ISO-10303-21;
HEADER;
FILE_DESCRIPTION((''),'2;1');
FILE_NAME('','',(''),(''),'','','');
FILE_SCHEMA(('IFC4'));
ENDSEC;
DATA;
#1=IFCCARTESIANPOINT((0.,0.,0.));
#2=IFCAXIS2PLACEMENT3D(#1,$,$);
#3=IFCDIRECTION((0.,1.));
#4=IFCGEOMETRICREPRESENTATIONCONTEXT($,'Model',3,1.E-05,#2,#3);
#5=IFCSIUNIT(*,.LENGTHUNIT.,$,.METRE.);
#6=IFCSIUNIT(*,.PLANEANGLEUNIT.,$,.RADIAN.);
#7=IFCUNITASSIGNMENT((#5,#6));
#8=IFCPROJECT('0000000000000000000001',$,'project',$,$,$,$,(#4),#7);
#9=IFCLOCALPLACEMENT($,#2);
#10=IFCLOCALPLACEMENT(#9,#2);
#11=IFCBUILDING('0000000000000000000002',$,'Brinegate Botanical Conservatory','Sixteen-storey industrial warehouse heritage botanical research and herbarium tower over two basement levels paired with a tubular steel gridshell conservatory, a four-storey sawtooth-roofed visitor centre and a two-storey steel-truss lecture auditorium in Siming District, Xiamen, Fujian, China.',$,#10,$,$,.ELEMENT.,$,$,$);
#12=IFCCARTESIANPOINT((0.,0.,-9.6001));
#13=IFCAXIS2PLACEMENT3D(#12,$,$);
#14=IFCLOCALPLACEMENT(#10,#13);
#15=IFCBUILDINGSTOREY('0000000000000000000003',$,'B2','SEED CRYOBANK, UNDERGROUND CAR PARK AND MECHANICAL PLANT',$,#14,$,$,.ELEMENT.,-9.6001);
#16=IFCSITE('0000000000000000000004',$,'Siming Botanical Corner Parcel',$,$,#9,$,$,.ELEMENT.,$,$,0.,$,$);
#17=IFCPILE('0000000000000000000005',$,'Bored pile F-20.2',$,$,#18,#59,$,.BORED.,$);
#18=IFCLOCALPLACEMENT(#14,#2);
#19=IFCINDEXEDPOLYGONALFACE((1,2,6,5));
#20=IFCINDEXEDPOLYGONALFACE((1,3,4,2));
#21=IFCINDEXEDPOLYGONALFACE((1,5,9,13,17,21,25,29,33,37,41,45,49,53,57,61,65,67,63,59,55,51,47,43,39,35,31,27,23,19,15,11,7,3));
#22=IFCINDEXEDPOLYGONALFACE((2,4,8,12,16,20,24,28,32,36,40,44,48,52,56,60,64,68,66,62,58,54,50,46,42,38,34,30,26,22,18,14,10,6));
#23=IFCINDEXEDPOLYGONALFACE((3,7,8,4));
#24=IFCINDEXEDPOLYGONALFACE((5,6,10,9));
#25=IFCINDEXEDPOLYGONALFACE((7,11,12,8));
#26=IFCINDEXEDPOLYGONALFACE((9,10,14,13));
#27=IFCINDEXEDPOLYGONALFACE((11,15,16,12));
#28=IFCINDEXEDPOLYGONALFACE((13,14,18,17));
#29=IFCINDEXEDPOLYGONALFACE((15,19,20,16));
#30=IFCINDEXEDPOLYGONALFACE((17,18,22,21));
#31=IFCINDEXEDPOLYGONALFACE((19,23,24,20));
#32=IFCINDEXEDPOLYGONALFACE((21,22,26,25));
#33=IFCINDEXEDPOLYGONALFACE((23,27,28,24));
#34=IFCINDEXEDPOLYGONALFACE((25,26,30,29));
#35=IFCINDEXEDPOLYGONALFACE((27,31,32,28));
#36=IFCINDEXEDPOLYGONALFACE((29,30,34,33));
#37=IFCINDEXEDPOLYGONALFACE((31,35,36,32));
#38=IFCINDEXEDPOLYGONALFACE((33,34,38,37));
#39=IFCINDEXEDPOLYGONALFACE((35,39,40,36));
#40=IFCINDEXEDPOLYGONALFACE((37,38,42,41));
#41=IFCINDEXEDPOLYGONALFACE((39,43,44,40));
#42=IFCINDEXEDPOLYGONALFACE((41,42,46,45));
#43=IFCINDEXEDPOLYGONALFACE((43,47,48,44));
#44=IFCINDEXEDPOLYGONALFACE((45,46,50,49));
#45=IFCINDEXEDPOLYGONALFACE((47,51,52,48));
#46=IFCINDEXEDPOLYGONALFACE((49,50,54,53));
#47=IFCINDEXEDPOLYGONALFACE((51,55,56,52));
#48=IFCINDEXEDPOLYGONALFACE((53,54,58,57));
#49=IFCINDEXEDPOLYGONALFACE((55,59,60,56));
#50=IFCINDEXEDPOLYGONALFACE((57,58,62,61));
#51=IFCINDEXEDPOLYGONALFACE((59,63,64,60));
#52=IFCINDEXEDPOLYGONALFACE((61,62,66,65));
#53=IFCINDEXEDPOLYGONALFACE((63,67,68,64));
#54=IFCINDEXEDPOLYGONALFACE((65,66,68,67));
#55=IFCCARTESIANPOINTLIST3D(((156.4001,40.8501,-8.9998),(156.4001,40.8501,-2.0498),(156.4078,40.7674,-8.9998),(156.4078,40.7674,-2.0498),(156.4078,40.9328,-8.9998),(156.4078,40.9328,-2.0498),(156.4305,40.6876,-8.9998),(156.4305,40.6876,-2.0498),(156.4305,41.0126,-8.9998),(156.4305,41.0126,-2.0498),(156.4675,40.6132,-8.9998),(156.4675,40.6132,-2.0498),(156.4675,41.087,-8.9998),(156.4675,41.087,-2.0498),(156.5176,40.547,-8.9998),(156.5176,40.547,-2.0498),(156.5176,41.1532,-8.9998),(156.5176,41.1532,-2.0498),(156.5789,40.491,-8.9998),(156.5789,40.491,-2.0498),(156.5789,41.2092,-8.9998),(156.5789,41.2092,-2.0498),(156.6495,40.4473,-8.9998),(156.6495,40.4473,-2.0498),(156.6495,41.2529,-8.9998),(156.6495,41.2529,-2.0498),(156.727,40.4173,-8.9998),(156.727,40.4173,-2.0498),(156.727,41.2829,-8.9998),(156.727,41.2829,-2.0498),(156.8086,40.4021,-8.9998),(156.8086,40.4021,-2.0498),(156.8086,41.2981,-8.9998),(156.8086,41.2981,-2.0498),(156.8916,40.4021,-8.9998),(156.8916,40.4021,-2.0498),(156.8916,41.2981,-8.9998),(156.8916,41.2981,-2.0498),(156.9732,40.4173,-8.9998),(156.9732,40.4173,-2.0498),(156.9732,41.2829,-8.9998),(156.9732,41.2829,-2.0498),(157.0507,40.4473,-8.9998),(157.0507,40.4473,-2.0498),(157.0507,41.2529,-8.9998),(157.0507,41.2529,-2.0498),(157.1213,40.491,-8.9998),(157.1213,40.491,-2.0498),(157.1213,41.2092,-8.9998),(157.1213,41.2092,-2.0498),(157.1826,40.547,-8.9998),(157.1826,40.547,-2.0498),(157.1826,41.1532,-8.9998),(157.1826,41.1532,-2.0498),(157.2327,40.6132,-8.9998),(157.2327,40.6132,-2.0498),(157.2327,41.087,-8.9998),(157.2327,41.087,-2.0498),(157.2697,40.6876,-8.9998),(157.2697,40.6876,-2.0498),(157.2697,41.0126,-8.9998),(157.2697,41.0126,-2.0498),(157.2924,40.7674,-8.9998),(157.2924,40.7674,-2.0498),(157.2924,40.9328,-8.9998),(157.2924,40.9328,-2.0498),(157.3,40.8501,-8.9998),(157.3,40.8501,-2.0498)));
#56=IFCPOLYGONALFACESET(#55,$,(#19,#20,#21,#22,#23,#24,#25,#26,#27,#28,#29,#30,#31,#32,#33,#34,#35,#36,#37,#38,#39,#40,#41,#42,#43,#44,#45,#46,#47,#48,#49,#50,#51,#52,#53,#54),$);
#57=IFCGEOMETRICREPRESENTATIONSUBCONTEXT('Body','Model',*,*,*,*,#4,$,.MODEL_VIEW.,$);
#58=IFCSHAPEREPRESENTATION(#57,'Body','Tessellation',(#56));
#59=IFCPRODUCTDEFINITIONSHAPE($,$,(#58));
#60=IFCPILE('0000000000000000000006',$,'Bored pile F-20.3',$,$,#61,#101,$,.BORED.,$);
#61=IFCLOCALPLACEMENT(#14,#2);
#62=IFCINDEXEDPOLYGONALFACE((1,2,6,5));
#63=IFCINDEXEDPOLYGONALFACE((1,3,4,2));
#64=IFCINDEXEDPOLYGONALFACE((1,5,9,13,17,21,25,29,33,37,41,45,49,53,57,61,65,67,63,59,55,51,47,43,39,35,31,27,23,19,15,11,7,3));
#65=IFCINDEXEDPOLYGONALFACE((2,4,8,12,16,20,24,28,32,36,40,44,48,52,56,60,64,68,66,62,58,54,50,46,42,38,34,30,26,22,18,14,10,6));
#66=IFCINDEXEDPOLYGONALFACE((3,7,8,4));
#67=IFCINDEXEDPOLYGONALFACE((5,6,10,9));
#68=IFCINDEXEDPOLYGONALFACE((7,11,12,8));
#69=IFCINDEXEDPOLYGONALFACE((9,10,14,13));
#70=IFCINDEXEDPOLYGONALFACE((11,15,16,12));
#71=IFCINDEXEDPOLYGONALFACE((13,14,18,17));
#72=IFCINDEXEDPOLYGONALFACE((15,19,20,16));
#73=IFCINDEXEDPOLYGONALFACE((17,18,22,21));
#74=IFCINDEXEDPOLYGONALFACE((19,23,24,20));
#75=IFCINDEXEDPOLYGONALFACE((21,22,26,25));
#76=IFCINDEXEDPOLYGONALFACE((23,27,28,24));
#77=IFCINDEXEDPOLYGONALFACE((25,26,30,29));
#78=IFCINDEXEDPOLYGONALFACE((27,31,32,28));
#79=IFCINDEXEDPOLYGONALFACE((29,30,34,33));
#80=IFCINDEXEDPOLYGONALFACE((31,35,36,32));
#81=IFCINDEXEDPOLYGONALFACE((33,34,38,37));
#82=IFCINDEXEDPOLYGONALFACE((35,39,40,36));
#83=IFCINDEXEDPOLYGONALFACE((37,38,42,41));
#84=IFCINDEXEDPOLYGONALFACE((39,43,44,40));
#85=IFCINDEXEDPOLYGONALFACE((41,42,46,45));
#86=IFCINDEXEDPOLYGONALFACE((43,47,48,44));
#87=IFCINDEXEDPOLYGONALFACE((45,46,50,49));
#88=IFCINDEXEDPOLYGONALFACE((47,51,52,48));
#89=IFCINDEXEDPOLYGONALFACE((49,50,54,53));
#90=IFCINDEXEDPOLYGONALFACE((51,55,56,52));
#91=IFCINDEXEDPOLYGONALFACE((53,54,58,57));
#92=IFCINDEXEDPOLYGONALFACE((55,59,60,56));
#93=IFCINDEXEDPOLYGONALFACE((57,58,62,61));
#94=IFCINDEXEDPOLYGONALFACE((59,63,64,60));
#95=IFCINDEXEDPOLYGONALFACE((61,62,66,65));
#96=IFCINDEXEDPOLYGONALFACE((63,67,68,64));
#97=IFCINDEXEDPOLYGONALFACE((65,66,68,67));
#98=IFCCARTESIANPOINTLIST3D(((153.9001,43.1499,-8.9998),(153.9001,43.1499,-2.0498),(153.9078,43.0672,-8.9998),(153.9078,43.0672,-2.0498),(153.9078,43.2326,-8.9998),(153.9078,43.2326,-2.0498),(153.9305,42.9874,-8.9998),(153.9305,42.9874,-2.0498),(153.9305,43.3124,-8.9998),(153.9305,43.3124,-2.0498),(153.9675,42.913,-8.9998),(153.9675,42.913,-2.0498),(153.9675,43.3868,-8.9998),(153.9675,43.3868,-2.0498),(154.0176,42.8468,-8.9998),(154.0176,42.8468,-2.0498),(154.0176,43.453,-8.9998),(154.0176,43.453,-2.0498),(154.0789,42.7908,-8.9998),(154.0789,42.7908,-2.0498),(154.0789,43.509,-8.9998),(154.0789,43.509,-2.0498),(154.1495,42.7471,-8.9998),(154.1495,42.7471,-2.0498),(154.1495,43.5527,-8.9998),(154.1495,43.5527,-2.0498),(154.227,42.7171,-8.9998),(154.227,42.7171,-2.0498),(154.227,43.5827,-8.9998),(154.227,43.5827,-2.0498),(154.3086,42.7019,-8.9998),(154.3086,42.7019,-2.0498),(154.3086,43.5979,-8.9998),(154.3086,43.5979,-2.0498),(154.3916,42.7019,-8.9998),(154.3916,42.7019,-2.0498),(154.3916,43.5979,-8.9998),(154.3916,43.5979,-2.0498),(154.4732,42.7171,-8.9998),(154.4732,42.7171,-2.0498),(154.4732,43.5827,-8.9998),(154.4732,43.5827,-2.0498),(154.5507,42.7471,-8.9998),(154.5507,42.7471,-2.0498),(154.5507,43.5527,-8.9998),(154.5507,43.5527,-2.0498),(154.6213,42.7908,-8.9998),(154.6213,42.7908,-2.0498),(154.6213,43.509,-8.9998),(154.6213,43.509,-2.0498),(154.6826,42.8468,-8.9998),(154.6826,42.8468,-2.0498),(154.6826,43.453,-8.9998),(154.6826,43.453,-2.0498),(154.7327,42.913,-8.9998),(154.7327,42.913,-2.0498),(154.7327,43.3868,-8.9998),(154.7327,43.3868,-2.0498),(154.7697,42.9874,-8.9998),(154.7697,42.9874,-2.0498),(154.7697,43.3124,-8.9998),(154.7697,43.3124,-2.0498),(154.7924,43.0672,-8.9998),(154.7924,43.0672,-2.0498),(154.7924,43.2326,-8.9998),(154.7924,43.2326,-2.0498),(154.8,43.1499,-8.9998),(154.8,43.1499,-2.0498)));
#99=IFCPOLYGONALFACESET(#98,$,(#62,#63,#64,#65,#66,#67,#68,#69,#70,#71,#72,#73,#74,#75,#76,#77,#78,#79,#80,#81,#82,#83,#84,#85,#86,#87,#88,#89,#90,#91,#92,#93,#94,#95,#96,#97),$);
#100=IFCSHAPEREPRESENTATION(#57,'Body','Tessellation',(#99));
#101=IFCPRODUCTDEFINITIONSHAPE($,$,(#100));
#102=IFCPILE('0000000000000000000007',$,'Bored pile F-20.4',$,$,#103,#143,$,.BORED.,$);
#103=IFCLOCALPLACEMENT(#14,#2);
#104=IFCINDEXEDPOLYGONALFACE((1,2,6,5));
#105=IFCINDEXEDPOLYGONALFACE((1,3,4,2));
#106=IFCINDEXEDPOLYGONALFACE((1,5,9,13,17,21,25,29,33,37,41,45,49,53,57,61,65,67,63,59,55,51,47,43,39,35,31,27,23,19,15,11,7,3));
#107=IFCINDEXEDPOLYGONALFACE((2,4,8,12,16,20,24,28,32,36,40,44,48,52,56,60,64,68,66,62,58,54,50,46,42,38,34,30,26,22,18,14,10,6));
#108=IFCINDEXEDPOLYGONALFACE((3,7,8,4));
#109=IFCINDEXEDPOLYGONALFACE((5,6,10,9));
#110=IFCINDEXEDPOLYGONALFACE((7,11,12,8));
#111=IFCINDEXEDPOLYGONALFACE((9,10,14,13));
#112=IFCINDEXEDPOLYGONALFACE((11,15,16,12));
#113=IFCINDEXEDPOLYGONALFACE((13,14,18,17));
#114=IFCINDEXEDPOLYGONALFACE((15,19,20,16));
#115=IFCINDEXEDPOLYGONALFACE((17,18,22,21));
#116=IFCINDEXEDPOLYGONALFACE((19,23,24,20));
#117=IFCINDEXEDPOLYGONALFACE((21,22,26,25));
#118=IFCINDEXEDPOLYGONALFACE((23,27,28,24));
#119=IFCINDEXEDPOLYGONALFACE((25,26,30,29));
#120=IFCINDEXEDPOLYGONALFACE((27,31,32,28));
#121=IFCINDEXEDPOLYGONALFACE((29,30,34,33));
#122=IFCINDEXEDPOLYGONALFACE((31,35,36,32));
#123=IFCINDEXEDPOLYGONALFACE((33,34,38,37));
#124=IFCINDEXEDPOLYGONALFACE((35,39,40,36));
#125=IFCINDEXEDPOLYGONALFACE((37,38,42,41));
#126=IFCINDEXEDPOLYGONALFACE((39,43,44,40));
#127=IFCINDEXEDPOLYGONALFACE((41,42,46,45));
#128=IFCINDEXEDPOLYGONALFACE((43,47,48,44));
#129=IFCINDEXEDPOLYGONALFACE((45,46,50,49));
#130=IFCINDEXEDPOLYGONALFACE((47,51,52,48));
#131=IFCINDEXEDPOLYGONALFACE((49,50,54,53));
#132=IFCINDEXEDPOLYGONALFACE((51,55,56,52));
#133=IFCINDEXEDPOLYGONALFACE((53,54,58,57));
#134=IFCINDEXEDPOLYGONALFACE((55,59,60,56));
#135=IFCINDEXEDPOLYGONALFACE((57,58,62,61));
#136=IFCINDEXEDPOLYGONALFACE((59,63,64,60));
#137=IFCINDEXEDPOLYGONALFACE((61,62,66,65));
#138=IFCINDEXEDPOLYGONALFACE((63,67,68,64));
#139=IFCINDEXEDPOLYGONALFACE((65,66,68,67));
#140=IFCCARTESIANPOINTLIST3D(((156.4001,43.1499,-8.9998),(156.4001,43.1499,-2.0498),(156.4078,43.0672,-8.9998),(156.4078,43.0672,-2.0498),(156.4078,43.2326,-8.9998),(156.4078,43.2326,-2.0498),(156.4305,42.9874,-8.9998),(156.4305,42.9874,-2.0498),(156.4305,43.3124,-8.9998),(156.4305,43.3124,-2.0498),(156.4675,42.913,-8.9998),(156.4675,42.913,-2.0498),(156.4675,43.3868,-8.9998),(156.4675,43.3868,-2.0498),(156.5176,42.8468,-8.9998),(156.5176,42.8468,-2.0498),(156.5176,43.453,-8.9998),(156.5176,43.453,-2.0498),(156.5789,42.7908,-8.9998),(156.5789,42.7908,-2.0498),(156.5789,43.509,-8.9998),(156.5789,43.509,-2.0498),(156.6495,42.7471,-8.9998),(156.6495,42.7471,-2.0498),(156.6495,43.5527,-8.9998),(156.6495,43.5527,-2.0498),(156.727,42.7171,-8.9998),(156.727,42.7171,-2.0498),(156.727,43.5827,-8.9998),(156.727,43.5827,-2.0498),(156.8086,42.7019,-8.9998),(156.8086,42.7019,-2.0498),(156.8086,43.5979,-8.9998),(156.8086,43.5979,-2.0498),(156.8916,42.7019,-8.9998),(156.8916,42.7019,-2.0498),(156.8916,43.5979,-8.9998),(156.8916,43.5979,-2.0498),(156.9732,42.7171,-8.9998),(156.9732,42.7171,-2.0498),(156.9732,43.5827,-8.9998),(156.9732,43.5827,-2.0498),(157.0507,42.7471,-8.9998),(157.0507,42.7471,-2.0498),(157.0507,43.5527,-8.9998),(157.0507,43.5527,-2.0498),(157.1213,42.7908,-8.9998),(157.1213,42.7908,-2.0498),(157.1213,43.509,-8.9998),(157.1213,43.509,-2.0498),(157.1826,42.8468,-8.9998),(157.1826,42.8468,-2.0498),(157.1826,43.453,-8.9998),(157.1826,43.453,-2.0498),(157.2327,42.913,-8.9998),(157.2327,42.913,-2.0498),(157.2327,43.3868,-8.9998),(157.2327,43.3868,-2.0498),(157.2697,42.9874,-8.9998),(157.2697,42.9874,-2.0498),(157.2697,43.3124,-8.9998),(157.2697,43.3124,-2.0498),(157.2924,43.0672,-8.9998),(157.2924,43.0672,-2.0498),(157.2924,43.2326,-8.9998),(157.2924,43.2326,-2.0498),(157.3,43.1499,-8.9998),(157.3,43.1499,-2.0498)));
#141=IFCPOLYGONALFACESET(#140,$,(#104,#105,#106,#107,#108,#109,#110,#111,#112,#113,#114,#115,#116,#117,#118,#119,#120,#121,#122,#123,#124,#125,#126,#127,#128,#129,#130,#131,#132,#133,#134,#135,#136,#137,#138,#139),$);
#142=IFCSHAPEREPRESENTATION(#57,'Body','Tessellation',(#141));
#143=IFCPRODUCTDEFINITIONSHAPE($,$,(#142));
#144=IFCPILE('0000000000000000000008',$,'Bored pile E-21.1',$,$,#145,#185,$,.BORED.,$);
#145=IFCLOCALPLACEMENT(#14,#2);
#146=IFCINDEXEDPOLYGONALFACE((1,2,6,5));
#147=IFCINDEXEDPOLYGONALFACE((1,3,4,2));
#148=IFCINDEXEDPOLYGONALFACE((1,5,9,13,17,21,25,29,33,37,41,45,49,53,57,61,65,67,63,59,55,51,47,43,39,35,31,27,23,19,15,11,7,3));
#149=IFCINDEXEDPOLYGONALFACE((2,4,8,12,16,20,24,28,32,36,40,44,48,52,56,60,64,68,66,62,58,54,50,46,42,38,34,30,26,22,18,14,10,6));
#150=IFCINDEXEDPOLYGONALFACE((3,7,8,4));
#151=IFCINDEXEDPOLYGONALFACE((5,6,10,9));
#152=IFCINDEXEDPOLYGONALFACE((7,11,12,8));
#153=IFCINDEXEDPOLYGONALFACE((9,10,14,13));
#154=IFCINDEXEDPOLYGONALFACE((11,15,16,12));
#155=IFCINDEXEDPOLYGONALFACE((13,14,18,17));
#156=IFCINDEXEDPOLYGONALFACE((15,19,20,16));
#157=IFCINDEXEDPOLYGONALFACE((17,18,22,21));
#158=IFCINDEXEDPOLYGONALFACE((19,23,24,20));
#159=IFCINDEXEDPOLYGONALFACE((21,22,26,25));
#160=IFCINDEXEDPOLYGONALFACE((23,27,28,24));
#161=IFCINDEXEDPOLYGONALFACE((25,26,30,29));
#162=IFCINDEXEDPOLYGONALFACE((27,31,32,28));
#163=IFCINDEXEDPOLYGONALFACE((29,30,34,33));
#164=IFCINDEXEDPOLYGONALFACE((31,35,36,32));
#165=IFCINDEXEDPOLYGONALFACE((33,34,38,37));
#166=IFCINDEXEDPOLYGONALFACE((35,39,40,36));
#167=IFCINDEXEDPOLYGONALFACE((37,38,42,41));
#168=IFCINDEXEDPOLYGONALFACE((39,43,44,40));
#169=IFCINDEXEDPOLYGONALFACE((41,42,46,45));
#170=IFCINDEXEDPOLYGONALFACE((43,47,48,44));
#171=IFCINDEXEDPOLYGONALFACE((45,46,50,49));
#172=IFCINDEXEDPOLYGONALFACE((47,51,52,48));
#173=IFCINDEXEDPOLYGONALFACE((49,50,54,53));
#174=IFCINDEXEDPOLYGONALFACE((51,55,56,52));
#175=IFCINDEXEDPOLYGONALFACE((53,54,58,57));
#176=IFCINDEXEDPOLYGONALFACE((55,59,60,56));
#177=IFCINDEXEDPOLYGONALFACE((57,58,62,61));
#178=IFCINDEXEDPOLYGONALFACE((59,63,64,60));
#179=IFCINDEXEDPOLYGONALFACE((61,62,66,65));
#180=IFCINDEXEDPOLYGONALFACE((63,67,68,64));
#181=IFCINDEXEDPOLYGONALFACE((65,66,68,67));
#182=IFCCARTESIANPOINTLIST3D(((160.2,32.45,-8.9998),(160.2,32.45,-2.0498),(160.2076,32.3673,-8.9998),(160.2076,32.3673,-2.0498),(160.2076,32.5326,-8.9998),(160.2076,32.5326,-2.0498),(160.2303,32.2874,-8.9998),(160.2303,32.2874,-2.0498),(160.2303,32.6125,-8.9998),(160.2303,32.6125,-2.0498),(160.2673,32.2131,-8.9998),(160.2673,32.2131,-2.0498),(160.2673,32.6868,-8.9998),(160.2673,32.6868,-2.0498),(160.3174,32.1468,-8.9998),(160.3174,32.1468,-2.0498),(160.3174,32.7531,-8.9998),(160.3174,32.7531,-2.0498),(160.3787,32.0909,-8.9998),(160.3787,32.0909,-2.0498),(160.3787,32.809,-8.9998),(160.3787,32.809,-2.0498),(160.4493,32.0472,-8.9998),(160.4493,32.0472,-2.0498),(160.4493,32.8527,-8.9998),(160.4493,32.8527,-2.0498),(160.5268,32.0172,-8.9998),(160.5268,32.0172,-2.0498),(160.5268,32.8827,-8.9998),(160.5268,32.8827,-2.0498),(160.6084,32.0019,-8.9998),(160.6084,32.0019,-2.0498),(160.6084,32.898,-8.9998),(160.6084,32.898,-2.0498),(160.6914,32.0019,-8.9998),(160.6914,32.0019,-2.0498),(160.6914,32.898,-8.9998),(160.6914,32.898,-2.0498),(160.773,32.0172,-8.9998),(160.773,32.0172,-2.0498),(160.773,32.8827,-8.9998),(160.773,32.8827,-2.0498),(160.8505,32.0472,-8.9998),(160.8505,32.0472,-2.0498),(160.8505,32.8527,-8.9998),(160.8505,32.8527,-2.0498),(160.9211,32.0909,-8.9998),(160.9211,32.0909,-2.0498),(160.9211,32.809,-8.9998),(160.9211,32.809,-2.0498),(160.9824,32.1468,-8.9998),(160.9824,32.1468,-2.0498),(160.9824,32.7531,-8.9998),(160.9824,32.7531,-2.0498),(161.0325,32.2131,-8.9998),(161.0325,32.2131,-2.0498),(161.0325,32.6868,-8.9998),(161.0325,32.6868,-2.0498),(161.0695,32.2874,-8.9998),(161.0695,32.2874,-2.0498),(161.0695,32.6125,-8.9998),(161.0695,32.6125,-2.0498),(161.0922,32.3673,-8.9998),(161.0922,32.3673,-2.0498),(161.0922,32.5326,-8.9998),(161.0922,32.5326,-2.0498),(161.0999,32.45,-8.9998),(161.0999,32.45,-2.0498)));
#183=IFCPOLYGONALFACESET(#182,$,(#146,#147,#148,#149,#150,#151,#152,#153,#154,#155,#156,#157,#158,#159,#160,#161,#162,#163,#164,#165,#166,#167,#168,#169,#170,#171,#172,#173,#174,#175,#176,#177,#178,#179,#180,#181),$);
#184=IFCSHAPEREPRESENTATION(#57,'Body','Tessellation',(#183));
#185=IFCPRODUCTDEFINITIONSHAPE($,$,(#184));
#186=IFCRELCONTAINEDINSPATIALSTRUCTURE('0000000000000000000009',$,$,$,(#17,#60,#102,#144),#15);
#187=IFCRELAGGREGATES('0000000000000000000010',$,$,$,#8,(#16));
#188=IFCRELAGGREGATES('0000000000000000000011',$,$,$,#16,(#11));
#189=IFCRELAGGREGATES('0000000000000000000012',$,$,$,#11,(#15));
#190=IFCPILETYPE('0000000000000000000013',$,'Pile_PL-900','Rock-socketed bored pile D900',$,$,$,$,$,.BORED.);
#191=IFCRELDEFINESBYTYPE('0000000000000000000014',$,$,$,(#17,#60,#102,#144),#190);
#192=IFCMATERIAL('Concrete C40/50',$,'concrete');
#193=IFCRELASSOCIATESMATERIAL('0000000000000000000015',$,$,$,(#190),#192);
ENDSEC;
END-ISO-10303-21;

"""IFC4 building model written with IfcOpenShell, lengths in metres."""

from ifc_helpers import new_model, si_unit, direction, frame, origin, origin_2d, place, context, subcontext, project, spatial, circle, extrude, material, material_profile, profile_set, type_object, element, save


model = new_model("IFC4")

# Units and contexts
model_context = context("Model", 3, precision=1e-05, world=origin(), true_north=direction((0.0, 1.0)))
body_context = subcontext(model_context, "Body", "Model", "MODEL_VIEW")
ifc_project = project(units=[si_unit("LENGTHUNIT", "METRE"), si_unit("PLANEANGLEUNIT", "RADIAN")], contexts=[model_context])

# Site, building, storey
site_placement = place(None, origin())
site = spatial("IfcSite", under=ifc_project, at=site_placement, Name="Siming Botanical Corner Parcel", CompositionType="ELEMENT", RefElevation=0.0)
building_placement = place(site_placement, origin())
building = spatial("IfcBuilding", under=site, at=building_placement, Name="Brinegate Botanical Conservatory", Description="Sixteen-storey industrial warehouse heritage botanical research and herbarium tower over two basement levels paired with a tubular steel gridshell conservatory, a four-storey sawtooth-roofed visitor centre and a two-storey steel-truss lecture auditorium in Siming District, Xiamen, Fujian, China.", CompositionType="ELEMENT")
storey_placement = place(building_placement, frame((0.0, 0.0, -9.6001)))
storey = spatial("IfcBuildingStorey", under=building, at=storey_placement, Name="B2", Description="SEED CRYOBANK, UNDERGROUND CAR PARK AND MECHANICAL PLANT", CompositionType="ELEMENT", Elevation=-9.6001)

# Shared definitions
ifc_material_1 = material(Name="Concrete C40/50", Category="concrete")

# Piles
ifc_material_profile_1 = material_profile(ifc_material_1, circle(Radius=0.45, at=origin_2d()), Name="PILE D900")
ifc_profile_set_1 = profile_set([ifc_material_profile_1], Name="Concrete C40/50")
pile_type = type_object("IfcPileType", Name="Pile_PL-900", Description="Rock-socketed bored pile D900", PredefinedType="BORED", material=ifc_profile_set_1)
for number, where, z_axis, x_axis, name in (
    (1, (156.8501, 40.8501, -2.0498), (0.0, 0.0, -1.0), (1.0, 0.0, 0.0), "Bored pile F-20.2"),
    (2, (154.3501, 43.1499, -2.0498), (0.0, 0.0, -1.0), (1.0, 0.0, 0.0), "Bored pile F-20.3"),
    (3, (156.8501, 43.1499, -2.0498), (0.0, 0.0, -1.0), (1.0, 0.0, 0.0), "Bored pile F-20.4"),
    (4, (160.6499, 32.45, -2.0498), (0.0, 0.0, -1.0), (1.0, 0.0, 0.0), "Bored pile E-21.1"),
):
    element("IfcPile", number, at=place(storey_placement, frame(where, z_axis=z_axis, x_axis=x_axis)), inside=storey, type_object=pile_type, Name=name, PredefinedType="BORED", context=body_context, shape_type="SweptSolid", body=[
        extrude(circle(Radius=0.45, at=origin_2d()), origin(), (0.0, 0.0, 1.0), 6.95),
    ])

save(model, "model.ifc")
